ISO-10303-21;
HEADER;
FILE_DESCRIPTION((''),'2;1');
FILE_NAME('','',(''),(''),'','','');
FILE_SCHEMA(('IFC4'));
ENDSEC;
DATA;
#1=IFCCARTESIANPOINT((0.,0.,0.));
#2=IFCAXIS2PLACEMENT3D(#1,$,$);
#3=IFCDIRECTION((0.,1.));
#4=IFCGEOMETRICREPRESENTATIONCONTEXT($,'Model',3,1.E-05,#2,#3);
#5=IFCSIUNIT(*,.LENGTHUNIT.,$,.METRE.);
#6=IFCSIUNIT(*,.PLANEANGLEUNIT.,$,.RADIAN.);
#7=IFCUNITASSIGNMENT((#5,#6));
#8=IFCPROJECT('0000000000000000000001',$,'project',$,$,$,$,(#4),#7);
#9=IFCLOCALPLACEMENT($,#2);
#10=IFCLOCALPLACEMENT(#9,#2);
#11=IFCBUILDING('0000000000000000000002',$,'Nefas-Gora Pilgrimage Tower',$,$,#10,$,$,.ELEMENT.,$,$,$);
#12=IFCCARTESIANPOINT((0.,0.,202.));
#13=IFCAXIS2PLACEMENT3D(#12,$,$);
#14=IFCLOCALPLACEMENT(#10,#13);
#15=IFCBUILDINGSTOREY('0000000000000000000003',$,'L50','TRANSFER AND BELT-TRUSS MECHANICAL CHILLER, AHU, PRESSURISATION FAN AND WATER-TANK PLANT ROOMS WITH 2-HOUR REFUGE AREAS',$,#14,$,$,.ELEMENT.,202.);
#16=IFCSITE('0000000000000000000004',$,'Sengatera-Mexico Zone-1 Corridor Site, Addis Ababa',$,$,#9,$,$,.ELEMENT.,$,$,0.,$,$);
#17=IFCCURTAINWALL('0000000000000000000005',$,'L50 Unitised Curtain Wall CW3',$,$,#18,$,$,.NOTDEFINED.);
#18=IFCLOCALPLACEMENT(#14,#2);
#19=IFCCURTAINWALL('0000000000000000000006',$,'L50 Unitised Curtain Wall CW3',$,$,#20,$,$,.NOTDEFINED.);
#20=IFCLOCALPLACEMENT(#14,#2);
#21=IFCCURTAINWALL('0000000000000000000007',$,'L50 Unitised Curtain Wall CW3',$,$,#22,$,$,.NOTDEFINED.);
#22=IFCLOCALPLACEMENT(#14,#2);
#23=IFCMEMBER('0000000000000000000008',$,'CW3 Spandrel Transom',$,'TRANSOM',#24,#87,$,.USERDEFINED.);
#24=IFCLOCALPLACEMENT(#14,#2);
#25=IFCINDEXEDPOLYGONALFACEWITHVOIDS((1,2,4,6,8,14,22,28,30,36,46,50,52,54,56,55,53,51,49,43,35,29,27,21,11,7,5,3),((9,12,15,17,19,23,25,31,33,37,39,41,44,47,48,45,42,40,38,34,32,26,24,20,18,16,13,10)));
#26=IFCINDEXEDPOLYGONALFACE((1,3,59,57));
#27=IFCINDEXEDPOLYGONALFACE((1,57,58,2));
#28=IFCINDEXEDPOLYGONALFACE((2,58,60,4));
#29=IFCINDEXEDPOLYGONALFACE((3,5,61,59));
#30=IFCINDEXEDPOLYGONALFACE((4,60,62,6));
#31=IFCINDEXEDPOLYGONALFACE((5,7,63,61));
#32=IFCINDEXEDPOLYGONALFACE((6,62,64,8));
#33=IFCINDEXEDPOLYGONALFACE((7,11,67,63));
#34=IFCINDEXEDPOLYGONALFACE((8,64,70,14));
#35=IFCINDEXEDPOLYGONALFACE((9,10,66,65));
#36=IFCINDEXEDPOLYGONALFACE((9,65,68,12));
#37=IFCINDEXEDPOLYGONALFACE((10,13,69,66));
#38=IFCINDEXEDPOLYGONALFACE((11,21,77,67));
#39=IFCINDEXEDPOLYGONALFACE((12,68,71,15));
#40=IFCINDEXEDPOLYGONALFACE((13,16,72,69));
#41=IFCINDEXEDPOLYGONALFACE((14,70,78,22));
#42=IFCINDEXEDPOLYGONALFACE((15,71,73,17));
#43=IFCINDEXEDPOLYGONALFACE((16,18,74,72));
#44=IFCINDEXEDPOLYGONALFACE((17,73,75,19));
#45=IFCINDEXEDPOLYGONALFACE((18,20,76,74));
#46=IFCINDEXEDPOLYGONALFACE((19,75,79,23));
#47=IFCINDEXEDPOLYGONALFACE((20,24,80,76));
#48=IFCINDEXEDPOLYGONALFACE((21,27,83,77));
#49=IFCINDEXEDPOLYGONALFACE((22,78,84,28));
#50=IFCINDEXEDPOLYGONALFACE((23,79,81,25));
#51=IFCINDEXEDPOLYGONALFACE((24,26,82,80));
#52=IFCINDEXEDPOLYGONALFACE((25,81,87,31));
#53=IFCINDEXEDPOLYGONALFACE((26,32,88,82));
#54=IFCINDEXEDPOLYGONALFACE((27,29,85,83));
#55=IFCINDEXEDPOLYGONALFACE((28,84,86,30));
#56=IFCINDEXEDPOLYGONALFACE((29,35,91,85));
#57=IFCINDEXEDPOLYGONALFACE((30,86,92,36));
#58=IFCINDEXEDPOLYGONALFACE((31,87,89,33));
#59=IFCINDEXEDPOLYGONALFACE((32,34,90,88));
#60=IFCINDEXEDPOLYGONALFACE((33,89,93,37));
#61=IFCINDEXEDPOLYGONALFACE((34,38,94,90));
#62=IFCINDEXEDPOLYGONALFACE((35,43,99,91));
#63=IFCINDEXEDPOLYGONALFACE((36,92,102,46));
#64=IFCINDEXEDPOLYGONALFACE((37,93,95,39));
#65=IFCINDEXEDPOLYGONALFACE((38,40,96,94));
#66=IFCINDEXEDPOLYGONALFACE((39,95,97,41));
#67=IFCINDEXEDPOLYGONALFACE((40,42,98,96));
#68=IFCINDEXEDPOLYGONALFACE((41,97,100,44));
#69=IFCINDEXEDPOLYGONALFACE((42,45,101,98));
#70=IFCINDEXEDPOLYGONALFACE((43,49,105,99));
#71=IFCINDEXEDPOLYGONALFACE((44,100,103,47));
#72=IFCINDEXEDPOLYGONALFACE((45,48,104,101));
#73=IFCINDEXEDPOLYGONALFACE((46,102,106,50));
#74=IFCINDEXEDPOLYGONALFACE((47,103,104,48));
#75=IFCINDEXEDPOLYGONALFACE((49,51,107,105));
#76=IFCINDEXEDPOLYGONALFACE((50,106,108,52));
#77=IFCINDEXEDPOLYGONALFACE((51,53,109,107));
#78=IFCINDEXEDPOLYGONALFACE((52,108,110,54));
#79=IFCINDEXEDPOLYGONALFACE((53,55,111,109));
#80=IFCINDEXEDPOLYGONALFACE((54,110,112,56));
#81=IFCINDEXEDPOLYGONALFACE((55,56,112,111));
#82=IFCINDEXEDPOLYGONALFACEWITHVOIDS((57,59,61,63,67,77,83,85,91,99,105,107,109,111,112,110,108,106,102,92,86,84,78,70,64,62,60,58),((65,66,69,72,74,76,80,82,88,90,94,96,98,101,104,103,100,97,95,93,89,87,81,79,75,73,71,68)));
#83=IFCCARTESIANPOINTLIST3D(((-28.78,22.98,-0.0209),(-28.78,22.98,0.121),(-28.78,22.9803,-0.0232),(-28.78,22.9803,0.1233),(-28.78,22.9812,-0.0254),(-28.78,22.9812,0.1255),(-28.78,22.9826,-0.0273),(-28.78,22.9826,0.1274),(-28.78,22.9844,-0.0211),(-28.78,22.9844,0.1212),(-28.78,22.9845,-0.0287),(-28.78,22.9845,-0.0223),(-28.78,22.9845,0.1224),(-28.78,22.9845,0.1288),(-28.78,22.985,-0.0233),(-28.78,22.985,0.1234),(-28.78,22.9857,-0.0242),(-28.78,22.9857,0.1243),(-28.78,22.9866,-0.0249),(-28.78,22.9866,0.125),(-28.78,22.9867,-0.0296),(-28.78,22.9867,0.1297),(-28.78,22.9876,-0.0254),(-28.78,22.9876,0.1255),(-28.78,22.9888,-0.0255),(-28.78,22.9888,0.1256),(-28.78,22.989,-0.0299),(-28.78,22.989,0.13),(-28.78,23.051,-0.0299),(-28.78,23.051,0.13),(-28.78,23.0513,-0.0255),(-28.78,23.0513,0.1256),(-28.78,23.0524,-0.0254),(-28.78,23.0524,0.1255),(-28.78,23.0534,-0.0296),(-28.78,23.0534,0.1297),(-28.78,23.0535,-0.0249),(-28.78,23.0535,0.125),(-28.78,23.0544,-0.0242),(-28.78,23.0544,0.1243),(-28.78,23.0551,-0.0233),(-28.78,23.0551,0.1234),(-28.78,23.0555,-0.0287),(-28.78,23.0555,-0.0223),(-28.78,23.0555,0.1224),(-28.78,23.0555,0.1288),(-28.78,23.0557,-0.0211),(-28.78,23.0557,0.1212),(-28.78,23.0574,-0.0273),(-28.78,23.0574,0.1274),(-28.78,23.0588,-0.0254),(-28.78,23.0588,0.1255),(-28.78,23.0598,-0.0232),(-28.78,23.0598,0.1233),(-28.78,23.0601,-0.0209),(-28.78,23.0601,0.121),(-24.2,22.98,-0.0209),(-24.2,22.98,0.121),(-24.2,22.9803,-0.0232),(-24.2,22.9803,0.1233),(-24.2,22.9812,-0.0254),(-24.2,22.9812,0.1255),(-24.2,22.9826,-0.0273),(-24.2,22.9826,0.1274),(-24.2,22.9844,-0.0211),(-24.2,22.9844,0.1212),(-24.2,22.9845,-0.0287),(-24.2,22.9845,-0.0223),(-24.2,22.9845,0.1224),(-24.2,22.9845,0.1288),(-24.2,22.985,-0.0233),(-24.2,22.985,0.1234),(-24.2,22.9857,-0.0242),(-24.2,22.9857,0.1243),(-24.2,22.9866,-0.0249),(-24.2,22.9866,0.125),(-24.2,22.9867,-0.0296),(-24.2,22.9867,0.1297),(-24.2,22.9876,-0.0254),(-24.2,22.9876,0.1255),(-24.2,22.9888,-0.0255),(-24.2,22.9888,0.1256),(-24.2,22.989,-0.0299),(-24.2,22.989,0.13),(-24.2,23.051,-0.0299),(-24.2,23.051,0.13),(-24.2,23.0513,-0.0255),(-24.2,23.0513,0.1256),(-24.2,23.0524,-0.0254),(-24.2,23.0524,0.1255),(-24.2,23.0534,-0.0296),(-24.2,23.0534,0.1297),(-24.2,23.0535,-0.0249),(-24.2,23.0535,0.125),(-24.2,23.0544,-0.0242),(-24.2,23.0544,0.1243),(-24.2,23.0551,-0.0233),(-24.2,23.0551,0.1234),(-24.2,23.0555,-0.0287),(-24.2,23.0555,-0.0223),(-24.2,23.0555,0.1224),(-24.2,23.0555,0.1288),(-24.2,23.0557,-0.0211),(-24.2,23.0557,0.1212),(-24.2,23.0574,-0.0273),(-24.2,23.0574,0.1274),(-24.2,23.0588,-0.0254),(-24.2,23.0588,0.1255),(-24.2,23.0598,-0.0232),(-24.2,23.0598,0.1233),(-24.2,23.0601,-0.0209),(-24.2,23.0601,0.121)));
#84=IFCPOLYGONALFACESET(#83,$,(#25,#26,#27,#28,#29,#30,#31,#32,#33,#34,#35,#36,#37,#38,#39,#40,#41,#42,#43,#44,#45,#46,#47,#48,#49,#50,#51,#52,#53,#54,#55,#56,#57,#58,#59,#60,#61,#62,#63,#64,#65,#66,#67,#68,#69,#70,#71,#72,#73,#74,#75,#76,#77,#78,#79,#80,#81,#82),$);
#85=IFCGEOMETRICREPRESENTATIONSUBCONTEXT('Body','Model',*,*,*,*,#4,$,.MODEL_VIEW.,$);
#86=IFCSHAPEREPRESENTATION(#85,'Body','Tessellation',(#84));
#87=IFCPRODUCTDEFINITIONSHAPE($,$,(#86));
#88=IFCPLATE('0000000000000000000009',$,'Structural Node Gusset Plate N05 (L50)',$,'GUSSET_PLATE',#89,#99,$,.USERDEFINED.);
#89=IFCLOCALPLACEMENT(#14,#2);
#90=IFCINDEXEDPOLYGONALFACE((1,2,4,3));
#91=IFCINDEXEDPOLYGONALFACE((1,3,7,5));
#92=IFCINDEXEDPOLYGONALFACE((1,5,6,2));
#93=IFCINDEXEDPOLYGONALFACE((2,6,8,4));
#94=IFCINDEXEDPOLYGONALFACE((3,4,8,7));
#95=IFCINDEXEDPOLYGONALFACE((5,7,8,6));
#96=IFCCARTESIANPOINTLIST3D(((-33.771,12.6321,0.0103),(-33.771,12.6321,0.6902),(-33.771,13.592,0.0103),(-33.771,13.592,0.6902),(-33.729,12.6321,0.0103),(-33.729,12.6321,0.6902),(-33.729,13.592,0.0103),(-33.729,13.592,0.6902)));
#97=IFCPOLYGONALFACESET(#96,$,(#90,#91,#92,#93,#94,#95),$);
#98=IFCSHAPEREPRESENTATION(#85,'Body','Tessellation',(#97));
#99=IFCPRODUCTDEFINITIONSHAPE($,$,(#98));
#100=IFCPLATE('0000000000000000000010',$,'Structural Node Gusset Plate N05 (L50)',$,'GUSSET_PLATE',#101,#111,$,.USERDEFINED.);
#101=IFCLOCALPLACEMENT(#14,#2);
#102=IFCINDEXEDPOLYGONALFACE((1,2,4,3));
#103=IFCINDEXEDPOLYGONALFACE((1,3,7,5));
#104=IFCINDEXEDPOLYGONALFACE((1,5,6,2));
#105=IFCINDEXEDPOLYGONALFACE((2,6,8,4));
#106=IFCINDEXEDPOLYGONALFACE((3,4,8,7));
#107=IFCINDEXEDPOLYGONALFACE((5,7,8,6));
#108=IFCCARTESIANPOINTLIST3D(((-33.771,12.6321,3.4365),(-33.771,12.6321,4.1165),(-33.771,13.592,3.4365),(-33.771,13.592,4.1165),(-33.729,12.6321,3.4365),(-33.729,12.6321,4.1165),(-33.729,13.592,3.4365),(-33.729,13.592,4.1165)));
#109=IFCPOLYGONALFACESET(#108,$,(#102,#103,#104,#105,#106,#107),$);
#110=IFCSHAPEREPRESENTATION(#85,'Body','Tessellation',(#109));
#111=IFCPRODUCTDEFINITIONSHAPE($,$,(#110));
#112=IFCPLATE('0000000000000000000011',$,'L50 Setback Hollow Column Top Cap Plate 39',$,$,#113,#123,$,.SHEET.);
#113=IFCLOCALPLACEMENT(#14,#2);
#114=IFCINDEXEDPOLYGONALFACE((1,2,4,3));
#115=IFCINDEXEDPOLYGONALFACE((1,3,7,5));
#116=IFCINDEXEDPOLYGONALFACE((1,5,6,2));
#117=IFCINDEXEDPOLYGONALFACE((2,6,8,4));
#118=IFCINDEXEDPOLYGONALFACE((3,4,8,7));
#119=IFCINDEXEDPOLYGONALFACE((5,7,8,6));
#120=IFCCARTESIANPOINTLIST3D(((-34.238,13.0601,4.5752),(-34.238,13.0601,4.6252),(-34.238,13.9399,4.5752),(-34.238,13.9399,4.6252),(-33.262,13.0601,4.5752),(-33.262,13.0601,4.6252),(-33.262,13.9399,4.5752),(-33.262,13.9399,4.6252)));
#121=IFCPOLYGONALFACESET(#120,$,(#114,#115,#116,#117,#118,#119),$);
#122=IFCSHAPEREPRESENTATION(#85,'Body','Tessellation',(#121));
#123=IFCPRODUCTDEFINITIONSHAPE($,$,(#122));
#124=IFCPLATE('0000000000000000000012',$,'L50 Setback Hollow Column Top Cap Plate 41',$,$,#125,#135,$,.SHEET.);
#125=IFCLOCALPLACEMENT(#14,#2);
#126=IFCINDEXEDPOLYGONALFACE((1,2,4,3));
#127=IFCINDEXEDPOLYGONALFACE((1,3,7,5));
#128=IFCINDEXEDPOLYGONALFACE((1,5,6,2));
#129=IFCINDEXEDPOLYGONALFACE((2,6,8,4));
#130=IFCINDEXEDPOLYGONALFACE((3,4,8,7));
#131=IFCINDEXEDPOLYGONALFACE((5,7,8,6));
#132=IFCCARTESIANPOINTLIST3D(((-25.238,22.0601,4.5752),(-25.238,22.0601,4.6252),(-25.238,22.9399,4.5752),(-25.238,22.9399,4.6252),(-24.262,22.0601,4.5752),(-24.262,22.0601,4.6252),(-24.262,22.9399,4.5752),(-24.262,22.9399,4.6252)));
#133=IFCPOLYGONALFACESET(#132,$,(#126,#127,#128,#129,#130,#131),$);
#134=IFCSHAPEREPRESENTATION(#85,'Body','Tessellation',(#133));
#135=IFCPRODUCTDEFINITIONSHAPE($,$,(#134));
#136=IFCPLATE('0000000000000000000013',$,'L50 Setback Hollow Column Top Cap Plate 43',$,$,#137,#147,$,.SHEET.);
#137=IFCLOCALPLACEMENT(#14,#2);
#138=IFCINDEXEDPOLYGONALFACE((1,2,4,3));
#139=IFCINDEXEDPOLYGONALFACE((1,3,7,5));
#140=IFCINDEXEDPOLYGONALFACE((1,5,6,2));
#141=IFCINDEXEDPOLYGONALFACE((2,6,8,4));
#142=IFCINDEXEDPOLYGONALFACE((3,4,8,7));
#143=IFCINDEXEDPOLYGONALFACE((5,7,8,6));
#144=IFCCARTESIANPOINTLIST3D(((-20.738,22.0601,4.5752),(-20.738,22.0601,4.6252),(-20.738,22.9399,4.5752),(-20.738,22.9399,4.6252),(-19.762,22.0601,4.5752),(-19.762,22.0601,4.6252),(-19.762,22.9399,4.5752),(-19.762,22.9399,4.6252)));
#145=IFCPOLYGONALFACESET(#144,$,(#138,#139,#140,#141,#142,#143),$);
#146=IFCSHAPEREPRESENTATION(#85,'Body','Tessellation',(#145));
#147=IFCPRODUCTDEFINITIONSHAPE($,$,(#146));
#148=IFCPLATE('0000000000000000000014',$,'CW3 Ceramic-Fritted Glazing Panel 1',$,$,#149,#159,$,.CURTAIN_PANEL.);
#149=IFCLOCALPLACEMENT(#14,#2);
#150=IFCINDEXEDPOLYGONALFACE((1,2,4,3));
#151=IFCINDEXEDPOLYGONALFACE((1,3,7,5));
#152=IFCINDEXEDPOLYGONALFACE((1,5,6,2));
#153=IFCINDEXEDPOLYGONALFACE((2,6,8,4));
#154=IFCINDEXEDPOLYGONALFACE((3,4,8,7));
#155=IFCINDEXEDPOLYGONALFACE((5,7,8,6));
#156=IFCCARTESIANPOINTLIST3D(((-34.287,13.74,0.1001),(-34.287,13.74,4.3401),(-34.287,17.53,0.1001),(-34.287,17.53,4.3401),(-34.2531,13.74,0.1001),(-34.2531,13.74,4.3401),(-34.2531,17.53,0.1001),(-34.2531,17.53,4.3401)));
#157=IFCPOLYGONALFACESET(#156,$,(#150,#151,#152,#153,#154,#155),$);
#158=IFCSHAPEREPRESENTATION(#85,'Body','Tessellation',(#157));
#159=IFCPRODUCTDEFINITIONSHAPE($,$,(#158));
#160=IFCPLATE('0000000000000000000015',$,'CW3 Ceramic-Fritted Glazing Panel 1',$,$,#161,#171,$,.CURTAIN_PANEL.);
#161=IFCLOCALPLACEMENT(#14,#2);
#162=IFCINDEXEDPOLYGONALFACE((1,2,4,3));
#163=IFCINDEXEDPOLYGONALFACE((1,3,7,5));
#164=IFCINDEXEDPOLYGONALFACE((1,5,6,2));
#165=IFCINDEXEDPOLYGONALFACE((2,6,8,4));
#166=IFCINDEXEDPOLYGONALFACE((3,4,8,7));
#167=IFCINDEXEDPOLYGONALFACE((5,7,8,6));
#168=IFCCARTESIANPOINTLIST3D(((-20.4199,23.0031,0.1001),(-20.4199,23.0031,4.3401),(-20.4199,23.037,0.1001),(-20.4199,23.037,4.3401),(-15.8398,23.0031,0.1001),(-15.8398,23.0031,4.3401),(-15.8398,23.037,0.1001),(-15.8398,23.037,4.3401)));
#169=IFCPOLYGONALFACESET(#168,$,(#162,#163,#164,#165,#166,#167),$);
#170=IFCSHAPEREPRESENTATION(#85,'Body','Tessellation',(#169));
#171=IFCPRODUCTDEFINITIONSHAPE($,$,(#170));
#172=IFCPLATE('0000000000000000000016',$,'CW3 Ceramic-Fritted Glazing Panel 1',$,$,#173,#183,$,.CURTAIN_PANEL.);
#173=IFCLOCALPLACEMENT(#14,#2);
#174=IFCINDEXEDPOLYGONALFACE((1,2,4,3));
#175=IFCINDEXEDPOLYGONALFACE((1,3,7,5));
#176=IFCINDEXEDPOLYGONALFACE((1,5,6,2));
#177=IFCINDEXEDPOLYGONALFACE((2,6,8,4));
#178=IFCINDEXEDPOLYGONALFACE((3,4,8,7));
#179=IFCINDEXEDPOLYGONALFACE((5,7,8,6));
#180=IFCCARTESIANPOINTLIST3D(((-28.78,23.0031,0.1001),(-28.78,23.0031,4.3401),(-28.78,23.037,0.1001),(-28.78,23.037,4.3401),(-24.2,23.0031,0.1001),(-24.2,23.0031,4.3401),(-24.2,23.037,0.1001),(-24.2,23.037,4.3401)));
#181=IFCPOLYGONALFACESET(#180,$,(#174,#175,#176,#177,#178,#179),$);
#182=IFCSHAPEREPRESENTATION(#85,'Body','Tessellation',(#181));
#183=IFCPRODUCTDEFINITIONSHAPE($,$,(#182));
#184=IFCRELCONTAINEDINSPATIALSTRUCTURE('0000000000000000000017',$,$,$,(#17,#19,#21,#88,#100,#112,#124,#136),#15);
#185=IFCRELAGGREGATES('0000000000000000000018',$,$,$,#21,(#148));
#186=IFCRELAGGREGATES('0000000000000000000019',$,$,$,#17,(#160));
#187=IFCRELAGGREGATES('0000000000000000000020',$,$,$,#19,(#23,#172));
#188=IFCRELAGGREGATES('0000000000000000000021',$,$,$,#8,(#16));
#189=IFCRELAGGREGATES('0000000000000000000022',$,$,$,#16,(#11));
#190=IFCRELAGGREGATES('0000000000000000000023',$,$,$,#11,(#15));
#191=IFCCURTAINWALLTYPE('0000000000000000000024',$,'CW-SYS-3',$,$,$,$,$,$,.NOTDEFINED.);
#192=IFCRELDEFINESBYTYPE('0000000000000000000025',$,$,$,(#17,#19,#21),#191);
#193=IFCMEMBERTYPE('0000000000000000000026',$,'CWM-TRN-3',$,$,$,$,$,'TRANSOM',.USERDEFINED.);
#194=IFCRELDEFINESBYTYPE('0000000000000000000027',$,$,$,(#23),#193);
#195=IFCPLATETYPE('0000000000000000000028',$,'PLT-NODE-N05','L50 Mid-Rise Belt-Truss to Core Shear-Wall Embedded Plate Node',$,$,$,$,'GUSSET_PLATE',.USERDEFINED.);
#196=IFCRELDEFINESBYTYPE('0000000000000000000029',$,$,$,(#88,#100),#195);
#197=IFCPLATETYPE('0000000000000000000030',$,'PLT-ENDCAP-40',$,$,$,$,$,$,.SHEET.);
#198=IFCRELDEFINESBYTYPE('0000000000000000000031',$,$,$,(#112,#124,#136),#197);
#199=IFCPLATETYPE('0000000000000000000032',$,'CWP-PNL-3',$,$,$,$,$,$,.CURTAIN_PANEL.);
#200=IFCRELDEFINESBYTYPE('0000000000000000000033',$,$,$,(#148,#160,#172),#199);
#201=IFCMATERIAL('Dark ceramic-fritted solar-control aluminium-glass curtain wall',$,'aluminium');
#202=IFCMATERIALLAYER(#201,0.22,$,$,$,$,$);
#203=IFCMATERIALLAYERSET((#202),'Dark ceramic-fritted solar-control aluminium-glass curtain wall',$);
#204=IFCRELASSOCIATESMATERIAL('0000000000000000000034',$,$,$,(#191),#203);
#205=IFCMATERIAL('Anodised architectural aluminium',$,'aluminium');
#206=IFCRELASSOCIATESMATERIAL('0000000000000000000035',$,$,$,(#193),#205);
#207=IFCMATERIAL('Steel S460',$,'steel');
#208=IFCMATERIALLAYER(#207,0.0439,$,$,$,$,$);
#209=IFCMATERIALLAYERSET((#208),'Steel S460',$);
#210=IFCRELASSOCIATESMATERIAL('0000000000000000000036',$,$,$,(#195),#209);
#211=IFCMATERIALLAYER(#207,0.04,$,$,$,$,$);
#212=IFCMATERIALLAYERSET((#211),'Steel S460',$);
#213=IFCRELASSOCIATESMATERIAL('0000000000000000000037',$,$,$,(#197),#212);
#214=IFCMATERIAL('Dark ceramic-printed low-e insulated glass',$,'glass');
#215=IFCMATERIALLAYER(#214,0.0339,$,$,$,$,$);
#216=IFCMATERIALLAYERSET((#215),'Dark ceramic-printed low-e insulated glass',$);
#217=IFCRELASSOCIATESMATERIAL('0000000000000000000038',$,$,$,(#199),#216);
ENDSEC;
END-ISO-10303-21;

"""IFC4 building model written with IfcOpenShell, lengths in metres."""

from ifc_helpers import new_model, si_unit, direction, frame, origin, origin_2d, place, context, subcontext, project, spatial, rectangle, hollow_rectangle, extrude, source, transform, mapped, material, layer, layer_set, material_profile, profile_set, type_object, element, aggregate, save


model = new_model("IFC4")

# Units and contexts
model_context = context("Model", 3, precision=1e-05, world=origin(), true_north=direction((0.0, 1.0)))
body_context = subcontext(model_context, "Body", "Model", "MODEL_VIEW")
ifc_project = project(units=[si_unit("LENGTHUNIT", "METRE"), si_unit("PLANEANGLEUNIT", "RADIAN")], contexts=[model_context])

# Site, building, storey
site_placement = place(None, origin())
site = spatial("IfcSite", under=ifc_project, at=site_placement, Name="Sengatera-Mexico Zone-1 Corridor Site, Addis Ababa", CompositionType="ELEMENT", RefElevation=0.0)
building_placement = place(site_placement, origin())
building = spatial("IfcBuilding", under=site, at=building_placement, Name="Nefas-Gora Pilgrimage Tower", CompositionType="ELEMENT")
storey_placement = place(building_placement, frame((0.0, 0.0, 202.0)))
storey = spatial("IfcBuildingStorey", under=building, at=storey_placement, Name="L50", Description="TRANSFER AND BELT-TRUSS MECHANICAL CHILLER, AHU, PRESSURISATION FAN AND WATER-TANK PLANT ROOMS WITH 2-HOUR REFUGE AREAS", CompositionType="ELEMENT", Elevation=202.0)

# Shared definitions
ifc_material_1 = material(Name="Steel S460", Category="steel")

# Curtain walls
ifc_material_2 = material(Name="Dark ceramic-fritted solar-control aluminium-glass curtain wall", Category="aluminium")
ifc_layer_1 = layer(ifc_material_2, 0.22)
ifc_layer_set_1 = layer_set([ifc_layer_1], Name="Dark ceramic-fritted solar-control aluminium-glass curtain wall")
curtain_wall_type = type_object("IfcCurtainWallType", Name="CW-SYS-3", PredefinedType="NOTDEFINED", material=ifc_layer_set_1)
curtain_wall_1_placement = place(storey_placement, origin())
curtain_wall_1 = element("IfcCurtainWall", 1, at=curtain_wall_1_placement, inside=storey, type_object=curtain_wall_type, Name="L50 Unitised Curtain Wall CW3", PredefinedType="NOTDEFINED")
ifc_material_3 = material(Name="Anodised architectural aluminium", Category="aluminium")
curtain_wall_2_placement = place(storey_placement, origin())
curtain_wall_2 = element("IfcCurtainWall", 2, at=curtain_wall_2_placement, inside=storey, type_object=curtain_wall_type, Name="L50 Unitised Curtain Wall CW3", PredefinedType="NOTDEFINED")
curtain_wall_3_placement = place(storey_placement, origin())
curtain_wall_3 = element("IfcCurtainWall", 3, at=curtain_wall_3_placement, inside=storey, type_object=curtain_wall_type, Name="L50 Unitised Curtain Wall CW3", PredefinedType="NOTDEFINED")
ifc_material_profile_1 = material_profile(ifc_material_3, hollow_rectangle(XDim=0.0801, YDim=0.1599, WallThickness=0.0044, InnerFilletRadius=0.0044, OuterFilletRadius=0.009, at=origin_2d()), Name="ALU TRANSOM 80x160")
ifc_profile_set_1 = profile_set([ifc_material_profile_1], Name="Anodised architectural aluminium")
member_type_1 = type_object("IfcMemberType", Name="CWM-TRN-3", ElementType="TRANSOM", PredefinedType="USERDEFINED", material=ifc_profile_set_1)

# Member
shared_shape_1 = source(origin(), body_context, "Body", "SweptSolid", [
    extrude(hollow_rectangle(XDim=0.0801, YDim=0.1599, WallThickness=0.0044, InnerFilletRadius=0.0044, OuterFilletRadius=0.009, at=origin_2d()), origin(), (0.0, 0.0, 1.0), 4.5801),
])
member_1_placement = place(storey_placement, frame((-24.2, 23.02, 0.05), z_axis=(-1.0, 0.0, 0.0), x_axis=(0.0, -1.0, 0.0)))
member_1 = element("IfcMember", 4, at=member_1_placement, type_object=member_type_1, Name="CW3 Spandrel Transom", ObjectType="TRANSOM", PredefinedType="USERDEFINED", context=body_context, shape_type="MappedRepresentation", body=[
    mapped(shared_shape_1, transform((0.0, 0.0, 0.0), x_axis=(1.0, 0.0, 0.0), y_axis=(0.0, 1.0, 0.0), z_axis=(0.0, 0.0, 1.0), scale=1.0)),
])

# Plates
ifc_layer_2 = layer(ifc_material_1, 0.0439)
ifc_layer_set_2 = layer_set([ifc_layer_2], Name="Steel S460")
plate_type_1 = type_object("IfcPlateType", Name="PLT-NODE-N05", Description="L50 Mid-Rise Belt-Truss to Core Shear-Wall Embedded Plate Node", ElementType="GUSSET_PLATE", PredefinedType="USERDEFINED", material=ifc_layer_set_2)
shared_shape_2 = source(origin(), body_context, "Body", "SweptSolid", [
    extrude(rectangle(XDim=0.96, YDim=0.042, at=origin_2d()), origin(), (0.0, 0.0, 1.0), 0.6799),
])
for number, where, z_axis, x_axis, name in (
    (5, (-33.75, 13.1121, 0.0103), (0.0, 0.0, 1.0), (0.0, 1.0, 0.0), "Structural Node Gusset Plate N05 (L50)"),
    (6, (-33.75, 13.1121, 3.4365), (0.0, 0.0, 1.0), (0.0, 1.0, 0.0), "Structural Node Gusset Plate N05 (L50)"),
):
    element("IfcPlate", number, at=place(storey_placement, frame(where, z_axis=z_axis, x_axis=x_axis)), inside=storey, type_object=plate_type_1, Name=name, ObjectType="GUSSET_PLATE", PredefinedType="USERDEFINED", context=body_context, shape_type="MappedRepresentation", body=[
        mapped(shared_shape_2, transform((0.0, 0.0, 0.0), x_axis=(1.0, 0.0, 0.0), y_axis=(0.0, 1.0, 0.0), z_axis=(0.0, 0.0, 1.0), scale=1.0)),
    ])
ifc_layer_3 = layer(ifc_material_1, 0.04)
ifc_layer_set_3 = layer_set([ifc_layer_3], Name="Steel S460")
plate_type_2 = type_object("IfcPlateType", Name="PLT-ENDCAP-40", PredefinedType="SHEET", material=ifc_layer_set_3)
shared_shape_3 = source(origin(), body_context, "Body", "SweptSolid", [
    extrude(rectangle(XDim=0.9761, YDim=0.8799, at=origin_2d()), origin(), (0.0, 0.0, 1.0), 0.05),
])
for number, where, z_axis, x_axis, name in (
    (7, (-33.75, 13.5, 4.5752), (0.0, 0.0, 1.0), (1.0, 0.0, 0.0), "L50 Setback Hollow Column Top Cap Plate 39"),
    (8, (-24.75, 22.5, 4.5752), (0.0, 0.0, 1.0), (1.0, 0.0, 0.0), "L50 Setback Hollow Column Top Cap Plate 41"),
    (9, (-20.25, 22.5, 4.5752), (0.0, 0.0, 1.0), (1.0, 0.0, 0.0), "L50 Setback Hollow Column Top Cap Plate 43"),
):
    element("IfcPlate", number, at=place(storey_placement, frame(where, z_axis=z_axis, x_axis=x_axis)), inside=storey, type_object=plate_type_2, Name=name, PredefinedType="SHEET", context=body_context, shape_type="MappedRepresentation", body=[
        mapped(shared_shape_3, transform((0.0, 0.0, 0.0), x_axis=(1.0, 0.0, 0.0), y_axis=(0.0, 1.0, 0.0), z_axis=(0.0, 0.0, 1.0), scale=1.0)),
    ])

# Plates
ifc_material_4 = material(Name="Dark ceramic-printed low-e insulated glass", Category="glass")
ifc_layer_4 = layer(ifc_material_4, 0.0339)
ifc_layer_set_4 = layer_set([ifc_layer_4], Name="Dark ceramic-printed low-e insulated glass")
plate_type_3 = type_object("IfcPlateType", Name="CWP-PNL-3", PredefinedType="CURTAIN_PANEL", material=ifc_layer_set_4)
shared_shape_4 = source(origin(), body_context, "Body", "SweptSolid", [
    extrude(rectangle(XDim=3.79, YDim=0.0339, at=origin_2d()), origin(), (0.0, 0.0, 1.0), 4.24),
])
plate_1_placement = place(storey_placement, frame((-34.27, 15.635, 0.1001), z_axis=(0.0, 0.0, 1.0), x_axis=(0.0, -1.0, 0.0)))
plate_1 = element("IfcPlate", 10, at=plate_1_placement, type_object=plate_type_3, Name="CW3 Ceramic-Fritted Glazing Panel 1", PredefinedType="CURTAIN_PANEL", context=body_context, shape_type="MappedRepresentation", body=[
    mapped(shared_shape_4, transform((0.0, 0.0, 0.0), x_axis=(1.0, 0.0, 0.0), y_axis=(0.0, 1.0, 0.0), z_axis=(0.0, 0.0, 1.0), scale=1.0)),
])
aggregate(curtain_wall_3, [plate_1])
shared_shape_5 = source(origin(), body_context, "Body", "SweptSolid", [
    extrude(rectangle(XDim=4.5801, YDim=0.0339, at=origin_2d()), origin(), (0.0, 0.0, 1.0), 4.24),
])
plate_2_placement = place(storey_placement, frame((-18.1299, 23.02, 0.1001), z_axis=(0.0, 0.0, 1.0), x_axis=(-1.0, 0.0, 0.0)))
plate_2 = element("IfcPlate", 11, at=plate_2_placement, type_object=plate_type_3, Name="CW3 Ceramic-Fritted Glazing Panel 1", PredefinedType="CURTAIN_PANEL", context=body_context, shape_type="MappedRepresentation", body=[
    mapped(shared_shape_5, transform((0.0, 0.0, 0.0), x_axis=(1.0, 0.0, 0.0), y_axis=(0.0, 1.0, 0.0), z_axis=(0.0, 0.0, 1.0), scale=1.0)),
])
aggregate(curtain_wall_1, [plate_2])
plate_3_placement = place(storey_placement, frame((-26.49, 23.02, 0.1001), z_axis=(0.0, 0.0, 1.0), x_axis=(-1.0, 0.0, 0.0)))
plate_3 = element("IfcPlate", 12, at=plate_3_placement, type_object=plate_type_3, Name="CW3 Ceramic-Fritted Glazing Panel 1", PredefinedType="CURTAIN_PANEL", context=body_context, shape_type="MappedRepresentation", body=[
    mapped(shared_shape_5, transform((0.0, 0.0, 0.0), x_axis=(1.0, 0.0, 0.0), y_axis=(0.0, 1.0, 0.0), z_axis=(0.0, 0.0, 1.0), scale=1.0)),
])
aggregate(curtain_wall_2, [member_1, plate_3])

save(model, "model.ifc")
